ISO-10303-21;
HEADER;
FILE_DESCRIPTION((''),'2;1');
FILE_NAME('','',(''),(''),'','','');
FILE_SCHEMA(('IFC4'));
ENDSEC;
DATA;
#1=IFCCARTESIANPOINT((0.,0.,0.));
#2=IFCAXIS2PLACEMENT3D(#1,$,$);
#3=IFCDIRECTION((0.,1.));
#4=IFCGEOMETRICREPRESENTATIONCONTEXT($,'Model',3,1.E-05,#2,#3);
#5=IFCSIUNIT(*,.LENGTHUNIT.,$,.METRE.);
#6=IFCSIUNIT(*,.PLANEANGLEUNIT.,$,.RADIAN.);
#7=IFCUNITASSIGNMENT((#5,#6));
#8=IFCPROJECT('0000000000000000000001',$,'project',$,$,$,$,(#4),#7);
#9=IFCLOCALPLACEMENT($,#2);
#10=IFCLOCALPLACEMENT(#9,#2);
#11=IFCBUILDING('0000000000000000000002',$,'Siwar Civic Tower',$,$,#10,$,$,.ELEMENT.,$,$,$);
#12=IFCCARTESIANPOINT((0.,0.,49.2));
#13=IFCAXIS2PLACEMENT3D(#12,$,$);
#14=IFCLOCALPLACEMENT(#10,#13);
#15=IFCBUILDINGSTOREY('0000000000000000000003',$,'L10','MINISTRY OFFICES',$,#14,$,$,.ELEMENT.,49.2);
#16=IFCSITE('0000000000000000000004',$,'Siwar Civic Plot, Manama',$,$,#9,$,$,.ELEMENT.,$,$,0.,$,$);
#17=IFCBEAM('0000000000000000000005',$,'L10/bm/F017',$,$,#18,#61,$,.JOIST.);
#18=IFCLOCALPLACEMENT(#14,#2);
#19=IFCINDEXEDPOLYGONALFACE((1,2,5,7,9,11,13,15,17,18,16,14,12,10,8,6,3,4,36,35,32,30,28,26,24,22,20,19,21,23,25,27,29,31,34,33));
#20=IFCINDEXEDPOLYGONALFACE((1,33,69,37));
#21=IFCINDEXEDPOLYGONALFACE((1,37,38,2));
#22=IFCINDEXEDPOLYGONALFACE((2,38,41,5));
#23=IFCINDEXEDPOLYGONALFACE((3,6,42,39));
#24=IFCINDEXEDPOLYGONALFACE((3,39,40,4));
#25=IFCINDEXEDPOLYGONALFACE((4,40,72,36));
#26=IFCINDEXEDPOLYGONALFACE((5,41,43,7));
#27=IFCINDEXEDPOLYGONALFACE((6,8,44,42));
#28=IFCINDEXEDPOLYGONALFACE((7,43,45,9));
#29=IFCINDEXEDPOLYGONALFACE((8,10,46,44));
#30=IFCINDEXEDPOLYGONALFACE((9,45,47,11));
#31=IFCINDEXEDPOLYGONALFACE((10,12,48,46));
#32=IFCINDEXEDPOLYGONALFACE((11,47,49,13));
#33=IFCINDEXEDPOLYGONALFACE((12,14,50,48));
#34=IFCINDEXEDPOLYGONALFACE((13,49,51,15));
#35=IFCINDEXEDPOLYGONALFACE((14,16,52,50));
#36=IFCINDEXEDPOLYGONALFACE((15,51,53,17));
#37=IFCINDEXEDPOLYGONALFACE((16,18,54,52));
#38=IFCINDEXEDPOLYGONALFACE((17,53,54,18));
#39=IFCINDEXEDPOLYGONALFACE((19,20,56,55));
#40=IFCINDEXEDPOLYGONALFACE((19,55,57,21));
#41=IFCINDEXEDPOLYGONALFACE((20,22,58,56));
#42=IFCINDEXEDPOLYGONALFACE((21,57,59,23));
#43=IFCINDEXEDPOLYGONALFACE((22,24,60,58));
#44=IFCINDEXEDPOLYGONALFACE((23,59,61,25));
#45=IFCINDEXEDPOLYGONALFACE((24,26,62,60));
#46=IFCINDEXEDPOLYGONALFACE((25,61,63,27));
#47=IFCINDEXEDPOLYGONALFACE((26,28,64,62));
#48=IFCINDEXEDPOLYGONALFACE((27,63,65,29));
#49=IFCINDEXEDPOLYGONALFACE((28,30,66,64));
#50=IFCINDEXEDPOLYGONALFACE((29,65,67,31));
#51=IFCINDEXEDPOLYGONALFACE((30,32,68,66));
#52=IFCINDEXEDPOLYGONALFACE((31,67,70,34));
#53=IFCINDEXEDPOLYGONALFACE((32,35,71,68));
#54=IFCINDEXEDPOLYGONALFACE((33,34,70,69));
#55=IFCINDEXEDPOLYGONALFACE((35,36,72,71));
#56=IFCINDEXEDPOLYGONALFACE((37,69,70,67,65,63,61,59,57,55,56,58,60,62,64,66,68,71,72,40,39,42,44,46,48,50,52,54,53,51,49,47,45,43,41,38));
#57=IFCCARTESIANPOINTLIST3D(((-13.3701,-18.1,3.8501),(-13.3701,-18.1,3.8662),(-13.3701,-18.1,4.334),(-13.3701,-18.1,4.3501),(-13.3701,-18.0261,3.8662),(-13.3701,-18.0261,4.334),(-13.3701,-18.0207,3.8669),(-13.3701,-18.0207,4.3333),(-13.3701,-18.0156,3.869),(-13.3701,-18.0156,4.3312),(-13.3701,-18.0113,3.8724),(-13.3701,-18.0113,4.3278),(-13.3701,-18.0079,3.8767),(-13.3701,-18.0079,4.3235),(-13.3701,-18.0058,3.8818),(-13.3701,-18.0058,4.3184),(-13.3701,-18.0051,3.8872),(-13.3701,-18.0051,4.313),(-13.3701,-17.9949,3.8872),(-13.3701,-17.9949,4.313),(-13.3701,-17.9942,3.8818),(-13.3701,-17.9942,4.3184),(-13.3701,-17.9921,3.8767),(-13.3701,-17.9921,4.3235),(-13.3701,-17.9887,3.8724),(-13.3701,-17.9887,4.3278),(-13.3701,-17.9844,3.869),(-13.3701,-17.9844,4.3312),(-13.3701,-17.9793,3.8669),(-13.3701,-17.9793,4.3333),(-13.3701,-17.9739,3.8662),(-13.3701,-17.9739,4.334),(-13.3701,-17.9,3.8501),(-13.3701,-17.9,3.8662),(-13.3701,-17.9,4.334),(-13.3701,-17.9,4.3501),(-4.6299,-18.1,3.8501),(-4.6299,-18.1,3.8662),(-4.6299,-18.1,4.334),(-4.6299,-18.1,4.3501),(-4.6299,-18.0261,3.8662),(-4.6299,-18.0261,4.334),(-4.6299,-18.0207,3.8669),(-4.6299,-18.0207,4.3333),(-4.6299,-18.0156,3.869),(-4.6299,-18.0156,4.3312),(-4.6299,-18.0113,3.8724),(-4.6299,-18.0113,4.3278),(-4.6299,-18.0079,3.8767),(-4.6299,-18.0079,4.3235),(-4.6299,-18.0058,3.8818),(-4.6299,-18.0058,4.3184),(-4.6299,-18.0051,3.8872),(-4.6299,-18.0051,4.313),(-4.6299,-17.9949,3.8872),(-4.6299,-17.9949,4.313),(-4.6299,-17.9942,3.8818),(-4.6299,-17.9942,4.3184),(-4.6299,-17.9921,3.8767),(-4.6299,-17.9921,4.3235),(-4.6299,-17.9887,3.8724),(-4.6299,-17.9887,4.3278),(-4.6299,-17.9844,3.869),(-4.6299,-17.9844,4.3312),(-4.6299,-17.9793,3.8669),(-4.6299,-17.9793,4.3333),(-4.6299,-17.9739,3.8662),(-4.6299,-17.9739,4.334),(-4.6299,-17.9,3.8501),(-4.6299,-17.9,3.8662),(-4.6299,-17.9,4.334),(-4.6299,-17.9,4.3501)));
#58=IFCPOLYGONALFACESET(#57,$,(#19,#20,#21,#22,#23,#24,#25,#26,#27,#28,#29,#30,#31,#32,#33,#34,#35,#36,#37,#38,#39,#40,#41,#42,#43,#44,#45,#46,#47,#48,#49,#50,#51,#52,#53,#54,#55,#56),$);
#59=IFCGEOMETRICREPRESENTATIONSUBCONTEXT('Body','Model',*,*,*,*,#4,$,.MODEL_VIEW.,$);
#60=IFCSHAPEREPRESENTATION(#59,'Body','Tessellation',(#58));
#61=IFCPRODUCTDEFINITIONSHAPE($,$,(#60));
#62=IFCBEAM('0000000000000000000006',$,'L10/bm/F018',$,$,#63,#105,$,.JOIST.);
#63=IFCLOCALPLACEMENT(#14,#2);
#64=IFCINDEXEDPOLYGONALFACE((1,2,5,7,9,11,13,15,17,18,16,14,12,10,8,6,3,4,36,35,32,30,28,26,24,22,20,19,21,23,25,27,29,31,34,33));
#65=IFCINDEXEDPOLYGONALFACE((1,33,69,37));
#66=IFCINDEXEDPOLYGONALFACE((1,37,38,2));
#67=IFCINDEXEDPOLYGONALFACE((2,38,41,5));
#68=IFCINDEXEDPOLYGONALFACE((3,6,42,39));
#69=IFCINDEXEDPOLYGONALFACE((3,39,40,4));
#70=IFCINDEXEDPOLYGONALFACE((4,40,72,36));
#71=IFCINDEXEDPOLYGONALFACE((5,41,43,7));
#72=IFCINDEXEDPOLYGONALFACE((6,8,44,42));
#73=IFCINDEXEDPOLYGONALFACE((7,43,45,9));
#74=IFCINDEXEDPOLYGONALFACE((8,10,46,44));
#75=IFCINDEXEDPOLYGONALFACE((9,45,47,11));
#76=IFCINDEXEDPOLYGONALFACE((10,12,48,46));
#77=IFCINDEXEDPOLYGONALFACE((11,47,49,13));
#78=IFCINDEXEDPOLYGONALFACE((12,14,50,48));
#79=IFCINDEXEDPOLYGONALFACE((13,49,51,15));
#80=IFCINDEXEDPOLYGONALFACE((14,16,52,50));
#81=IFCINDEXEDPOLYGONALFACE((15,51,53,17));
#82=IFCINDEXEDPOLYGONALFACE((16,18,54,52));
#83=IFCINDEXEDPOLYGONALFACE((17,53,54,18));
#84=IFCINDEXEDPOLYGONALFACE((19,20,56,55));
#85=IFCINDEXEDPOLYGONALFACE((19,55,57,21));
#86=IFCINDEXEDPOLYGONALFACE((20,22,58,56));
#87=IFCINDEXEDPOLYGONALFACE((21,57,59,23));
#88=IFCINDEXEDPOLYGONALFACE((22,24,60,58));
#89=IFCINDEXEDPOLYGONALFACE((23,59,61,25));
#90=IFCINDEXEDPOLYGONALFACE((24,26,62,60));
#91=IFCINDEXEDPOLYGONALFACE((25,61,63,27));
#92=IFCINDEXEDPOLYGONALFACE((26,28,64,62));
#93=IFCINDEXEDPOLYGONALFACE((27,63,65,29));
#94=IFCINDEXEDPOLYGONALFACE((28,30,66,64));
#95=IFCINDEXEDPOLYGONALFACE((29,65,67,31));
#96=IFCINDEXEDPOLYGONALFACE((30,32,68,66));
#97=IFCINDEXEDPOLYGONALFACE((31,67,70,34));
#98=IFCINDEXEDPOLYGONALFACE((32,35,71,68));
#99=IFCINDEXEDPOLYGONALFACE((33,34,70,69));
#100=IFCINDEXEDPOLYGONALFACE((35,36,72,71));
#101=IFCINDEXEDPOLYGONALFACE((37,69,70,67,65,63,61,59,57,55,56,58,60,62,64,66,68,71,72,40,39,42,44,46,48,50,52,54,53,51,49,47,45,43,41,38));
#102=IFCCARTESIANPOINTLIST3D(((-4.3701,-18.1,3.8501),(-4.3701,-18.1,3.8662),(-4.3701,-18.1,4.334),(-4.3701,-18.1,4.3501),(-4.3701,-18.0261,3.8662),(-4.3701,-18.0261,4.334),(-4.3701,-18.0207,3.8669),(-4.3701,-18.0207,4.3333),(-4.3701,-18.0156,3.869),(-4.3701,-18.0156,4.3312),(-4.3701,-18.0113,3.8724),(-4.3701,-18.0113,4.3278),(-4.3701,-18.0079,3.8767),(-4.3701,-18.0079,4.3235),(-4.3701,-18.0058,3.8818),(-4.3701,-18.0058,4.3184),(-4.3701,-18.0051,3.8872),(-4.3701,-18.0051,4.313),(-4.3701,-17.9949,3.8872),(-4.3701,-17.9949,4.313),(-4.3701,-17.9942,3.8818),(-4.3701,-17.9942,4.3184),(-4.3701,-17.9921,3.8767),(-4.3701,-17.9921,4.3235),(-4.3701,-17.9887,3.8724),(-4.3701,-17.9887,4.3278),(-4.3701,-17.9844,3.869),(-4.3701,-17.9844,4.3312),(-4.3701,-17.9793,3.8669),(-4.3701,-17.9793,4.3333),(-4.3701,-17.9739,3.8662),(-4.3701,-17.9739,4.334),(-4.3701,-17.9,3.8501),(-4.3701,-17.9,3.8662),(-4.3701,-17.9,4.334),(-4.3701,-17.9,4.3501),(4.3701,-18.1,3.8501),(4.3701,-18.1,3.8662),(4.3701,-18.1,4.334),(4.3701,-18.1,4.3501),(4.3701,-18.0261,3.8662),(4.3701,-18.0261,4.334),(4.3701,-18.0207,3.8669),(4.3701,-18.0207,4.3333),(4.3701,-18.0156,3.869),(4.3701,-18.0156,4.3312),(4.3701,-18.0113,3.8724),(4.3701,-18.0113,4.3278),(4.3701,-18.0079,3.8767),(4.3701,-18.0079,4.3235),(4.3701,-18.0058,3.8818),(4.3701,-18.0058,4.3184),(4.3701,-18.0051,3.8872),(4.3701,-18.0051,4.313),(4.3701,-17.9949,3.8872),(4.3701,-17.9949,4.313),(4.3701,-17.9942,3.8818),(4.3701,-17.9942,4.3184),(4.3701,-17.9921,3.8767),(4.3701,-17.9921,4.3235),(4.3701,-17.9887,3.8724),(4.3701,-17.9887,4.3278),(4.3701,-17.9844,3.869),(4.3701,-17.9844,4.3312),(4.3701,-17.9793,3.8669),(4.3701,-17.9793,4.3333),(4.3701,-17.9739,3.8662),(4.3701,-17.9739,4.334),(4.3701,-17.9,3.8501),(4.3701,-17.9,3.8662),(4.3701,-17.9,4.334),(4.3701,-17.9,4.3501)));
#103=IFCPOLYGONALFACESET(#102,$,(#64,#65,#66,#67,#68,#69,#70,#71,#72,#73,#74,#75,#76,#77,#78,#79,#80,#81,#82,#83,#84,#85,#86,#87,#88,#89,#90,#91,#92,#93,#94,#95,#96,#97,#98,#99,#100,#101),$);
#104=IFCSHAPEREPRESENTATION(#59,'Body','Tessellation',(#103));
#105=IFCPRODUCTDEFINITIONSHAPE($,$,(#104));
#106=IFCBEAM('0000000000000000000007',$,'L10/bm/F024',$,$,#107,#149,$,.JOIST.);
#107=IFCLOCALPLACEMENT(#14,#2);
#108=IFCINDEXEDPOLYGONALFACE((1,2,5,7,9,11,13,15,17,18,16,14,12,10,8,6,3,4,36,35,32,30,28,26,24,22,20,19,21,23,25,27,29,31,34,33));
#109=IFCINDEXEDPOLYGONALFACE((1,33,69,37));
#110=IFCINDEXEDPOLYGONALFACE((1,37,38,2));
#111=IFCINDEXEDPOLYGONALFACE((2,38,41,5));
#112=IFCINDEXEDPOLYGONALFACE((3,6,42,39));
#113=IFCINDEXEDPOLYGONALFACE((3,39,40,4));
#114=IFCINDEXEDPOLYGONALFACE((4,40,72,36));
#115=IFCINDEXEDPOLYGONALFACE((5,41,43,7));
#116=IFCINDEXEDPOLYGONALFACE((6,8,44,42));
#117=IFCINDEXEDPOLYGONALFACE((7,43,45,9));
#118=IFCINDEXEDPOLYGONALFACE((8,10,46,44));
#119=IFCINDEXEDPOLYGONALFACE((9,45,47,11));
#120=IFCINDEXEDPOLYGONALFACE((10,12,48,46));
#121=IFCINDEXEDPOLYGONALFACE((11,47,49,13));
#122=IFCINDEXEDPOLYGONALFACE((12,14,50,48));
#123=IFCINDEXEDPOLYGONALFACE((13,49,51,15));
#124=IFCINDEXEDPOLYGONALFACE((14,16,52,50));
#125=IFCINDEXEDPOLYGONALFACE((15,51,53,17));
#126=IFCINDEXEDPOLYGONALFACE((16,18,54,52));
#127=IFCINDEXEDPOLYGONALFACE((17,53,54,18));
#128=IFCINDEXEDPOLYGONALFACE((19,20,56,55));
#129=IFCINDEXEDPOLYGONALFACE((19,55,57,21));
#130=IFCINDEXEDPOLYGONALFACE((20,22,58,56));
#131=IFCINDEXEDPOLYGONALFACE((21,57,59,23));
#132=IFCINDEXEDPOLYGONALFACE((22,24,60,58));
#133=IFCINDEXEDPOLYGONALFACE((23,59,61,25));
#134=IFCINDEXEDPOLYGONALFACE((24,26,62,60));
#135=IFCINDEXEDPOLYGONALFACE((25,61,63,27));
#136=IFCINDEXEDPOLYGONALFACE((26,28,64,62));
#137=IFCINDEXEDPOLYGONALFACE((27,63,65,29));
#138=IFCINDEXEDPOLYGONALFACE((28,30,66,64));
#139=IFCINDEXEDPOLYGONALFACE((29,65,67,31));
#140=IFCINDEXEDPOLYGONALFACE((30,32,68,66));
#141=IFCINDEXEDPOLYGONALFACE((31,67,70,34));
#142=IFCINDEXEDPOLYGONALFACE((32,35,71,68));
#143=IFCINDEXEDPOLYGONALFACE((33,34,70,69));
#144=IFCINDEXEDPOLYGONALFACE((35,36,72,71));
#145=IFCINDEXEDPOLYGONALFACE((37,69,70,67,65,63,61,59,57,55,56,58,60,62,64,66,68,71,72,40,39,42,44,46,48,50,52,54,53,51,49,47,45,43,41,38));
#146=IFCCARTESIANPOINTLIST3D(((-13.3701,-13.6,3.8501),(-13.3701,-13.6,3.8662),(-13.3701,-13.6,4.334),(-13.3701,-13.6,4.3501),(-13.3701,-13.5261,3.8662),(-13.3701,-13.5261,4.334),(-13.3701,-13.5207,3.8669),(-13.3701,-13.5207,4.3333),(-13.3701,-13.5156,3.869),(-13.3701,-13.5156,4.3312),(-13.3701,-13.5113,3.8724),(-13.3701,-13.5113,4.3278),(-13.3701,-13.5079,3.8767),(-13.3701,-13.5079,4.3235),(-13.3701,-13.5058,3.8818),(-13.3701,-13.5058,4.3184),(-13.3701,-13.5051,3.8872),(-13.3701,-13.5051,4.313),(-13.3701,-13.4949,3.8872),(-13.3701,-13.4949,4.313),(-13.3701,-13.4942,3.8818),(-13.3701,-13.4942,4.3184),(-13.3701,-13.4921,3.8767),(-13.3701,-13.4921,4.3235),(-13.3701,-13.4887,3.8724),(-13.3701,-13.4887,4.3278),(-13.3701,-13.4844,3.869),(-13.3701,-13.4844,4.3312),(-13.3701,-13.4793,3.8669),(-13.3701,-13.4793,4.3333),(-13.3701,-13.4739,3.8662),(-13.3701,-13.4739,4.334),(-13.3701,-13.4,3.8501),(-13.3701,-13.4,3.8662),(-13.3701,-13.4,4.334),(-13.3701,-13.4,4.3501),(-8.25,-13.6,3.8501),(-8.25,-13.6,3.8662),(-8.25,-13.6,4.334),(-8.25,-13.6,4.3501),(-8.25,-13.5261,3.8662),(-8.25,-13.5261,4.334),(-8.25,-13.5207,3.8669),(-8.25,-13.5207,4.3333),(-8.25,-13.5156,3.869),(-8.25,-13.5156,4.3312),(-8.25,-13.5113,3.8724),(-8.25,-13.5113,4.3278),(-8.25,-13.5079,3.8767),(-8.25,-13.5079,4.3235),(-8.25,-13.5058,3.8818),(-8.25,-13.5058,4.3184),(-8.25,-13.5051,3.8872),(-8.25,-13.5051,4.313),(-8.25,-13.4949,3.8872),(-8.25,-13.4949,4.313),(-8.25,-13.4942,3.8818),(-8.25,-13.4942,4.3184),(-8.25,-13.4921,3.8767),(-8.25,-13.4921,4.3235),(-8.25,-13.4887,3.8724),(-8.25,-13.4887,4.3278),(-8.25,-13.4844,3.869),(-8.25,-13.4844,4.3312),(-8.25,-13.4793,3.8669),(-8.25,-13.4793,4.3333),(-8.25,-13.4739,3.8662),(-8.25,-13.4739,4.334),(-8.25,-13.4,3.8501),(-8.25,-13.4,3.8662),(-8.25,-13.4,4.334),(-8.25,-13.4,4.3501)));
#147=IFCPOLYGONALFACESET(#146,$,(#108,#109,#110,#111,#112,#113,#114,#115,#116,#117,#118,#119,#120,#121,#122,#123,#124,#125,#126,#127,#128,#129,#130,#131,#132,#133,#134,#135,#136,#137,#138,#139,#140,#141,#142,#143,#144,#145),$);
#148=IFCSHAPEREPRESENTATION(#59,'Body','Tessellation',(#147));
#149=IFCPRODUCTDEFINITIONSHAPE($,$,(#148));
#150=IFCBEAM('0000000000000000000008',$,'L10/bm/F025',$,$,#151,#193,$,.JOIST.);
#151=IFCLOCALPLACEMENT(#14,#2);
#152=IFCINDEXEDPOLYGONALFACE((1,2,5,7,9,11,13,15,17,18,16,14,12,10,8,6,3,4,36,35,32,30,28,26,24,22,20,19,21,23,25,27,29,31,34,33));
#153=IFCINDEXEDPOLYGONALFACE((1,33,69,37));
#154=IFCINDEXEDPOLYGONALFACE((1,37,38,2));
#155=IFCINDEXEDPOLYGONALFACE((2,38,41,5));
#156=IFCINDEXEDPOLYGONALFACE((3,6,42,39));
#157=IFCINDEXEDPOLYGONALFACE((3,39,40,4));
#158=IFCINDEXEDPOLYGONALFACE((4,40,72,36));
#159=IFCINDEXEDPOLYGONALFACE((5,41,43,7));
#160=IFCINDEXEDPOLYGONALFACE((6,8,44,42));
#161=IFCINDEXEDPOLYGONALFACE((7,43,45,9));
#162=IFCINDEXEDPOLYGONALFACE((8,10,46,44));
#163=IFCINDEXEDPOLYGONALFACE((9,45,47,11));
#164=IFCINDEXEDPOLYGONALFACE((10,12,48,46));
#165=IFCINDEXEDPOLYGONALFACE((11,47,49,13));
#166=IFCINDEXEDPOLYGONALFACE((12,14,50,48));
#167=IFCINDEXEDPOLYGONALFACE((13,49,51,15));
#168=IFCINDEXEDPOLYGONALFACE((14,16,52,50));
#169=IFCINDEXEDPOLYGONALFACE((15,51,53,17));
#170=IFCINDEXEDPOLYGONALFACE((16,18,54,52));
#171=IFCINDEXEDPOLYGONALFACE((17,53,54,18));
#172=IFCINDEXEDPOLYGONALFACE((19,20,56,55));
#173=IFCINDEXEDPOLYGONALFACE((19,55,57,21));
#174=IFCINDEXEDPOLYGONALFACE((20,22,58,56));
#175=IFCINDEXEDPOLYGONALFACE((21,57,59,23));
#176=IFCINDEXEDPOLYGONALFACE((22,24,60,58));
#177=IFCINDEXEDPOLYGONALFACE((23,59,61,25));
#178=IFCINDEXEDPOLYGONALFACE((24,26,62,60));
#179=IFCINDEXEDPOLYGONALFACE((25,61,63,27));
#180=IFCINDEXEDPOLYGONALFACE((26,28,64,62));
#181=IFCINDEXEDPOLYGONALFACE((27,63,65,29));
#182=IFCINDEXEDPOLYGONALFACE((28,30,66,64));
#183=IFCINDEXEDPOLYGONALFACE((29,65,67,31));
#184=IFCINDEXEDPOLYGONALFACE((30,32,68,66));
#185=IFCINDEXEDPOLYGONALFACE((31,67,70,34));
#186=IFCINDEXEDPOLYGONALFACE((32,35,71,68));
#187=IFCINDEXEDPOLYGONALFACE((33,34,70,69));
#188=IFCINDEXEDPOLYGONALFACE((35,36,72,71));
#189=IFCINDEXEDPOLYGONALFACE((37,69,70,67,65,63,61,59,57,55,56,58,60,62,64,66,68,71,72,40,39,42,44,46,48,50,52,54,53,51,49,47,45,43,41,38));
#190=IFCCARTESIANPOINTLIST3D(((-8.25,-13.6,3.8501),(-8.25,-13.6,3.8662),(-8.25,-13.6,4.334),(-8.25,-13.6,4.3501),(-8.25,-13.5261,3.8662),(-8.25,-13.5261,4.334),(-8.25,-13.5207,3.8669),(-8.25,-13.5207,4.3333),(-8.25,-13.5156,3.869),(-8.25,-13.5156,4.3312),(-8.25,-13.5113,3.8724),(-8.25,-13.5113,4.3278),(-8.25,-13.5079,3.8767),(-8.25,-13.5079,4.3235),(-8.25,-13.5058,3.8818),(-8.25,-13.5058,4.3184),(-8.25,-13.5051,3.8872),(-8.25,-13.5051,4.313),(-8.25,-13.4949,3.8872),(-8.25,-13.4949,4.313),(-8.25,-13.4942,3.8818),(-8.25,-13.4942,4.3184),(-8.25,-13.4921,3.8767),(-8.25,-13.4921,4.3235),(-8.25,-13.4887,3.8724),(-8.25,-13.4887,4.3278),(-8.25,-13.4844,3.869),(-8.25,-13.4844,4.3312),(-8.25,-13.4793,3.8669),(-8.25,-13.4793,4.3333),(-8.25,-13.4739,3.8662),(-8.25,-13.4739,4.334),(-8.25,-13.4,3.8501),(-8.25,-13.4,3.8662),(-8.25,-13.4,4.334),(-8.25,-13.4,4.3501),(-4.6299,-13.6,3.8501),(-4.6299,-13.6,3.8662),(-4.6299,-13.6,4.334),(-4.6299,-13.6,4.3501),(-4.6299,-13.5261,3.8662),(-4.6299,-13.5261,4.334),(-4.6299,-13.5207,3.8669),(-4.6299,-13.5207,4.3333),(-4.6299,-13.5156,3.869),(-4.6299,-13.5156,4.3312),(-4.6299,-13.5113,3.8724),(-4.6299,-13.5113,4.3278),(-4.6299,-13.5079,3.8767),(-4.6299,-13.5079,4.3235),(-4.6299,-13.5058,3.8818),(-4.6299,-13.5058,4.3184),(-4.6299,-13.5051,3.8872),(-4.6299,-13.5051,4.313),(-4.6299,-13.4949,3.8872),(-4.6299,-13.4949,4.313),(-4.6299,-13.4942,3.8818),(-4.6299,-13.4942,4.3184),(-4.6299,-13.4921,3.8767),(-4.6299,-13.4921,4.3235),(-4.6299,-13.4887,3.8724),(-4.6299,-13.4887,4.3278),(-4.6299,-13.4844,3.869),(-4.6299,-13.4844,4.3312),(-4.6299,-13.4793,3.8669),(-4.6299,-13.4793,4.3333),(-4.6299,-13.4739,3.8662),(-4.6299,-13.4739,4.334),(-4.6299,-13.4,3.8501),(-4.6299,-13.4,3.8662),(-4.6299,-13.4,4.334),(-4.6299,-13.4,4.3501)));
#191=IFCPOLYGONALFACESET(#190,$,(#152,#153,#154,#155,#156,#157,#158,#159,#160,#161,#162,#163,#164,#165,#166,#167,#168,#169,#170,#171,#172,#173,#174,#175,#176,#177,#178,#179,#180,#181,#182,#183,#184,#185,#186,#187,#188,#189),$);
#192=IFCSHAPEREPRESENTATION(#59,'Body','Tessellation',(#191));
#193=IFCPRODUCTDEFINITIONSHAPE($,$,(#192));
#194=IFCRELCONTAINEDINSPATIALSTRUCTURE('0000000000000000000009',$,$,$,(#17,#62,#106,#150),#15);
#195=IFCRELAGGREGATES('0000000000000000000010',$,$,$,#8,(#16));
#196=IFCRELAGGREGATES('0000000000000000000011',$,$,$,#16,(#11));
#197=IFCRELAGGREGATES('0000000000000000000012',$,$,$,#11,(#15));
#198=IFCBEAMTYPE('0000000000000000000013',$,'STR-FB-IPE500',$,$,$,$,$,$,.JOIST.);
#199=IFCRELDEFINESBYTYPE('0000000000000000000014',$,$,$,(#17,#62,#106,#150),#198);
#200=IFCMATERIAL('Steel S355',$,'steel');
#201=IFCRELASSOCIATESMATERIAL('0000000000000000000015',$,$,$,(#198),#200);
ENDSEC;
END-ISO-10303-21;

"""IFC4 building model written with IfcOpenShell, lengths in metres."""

from ifc_helpers import new_model, si_unit, direction, frame, origin, origin_2d, place, context, subcontext, project, spatial, i_section, extrude, material, material_profile, profile_set, type_object, element, save


model = new_model("IFC4")

# Units and contexts
model_context = context("Model", 3, precision=1e-05, world=origin(), true_north=direction((0.0, 1.0)))
body_context = subcontext(model_context, "Body", "Model", "MODEL_VIEW")
ifc_project = project(units=[si_unit("LENGTHUNIT", "METRE"), si_unit("PLANEANGLEUNIT", "RADIAN")], contexts=[model_context])

# Site, building, storey
site_placement = place(None, origin())
site = spatial("IfcSite", under=ifc_project, at=site_placement, Name="Siwar Civic Plot, Manama", CompositionType="ELEMENT", RefElevation=0.0)
building_placement = place(site_placement, origin())
building = spatial("IfcBuilding", under=site, at=building_placement, Name="Siwar Civic Tower", CompositionType="ELEMENT")
storey_placement = place(building_placement, frame((0.0, 0.0, 49.2)))
storey = spatial("IfcBuildingStorey", under=building, at=storey_placement, Name="L10", Description="MINISTRY OFFICES", CompositionType="ELEMENT", Elevation=49.2)

# Beams
ifc_material_1 = material(Name="Steel S355", Category="steel")
ifc_material_profile = material_profile(ifc_material_1, i_section(OverallWidth=0.2, OverallDepth=0.5, WebThickness=0.0103, FlangeThickness=0.0161, FilletRadius=0.021, at=origin_2d()), Name="IPE500")
ifc_profile_set = profile_set([ifc_material_profile], Name="Steel S355")
beam_type = type_object("IfcBeamType", Name="STR-FB-IPE500", PredefinedType="JOIST", material=ifc_profile_set)
for number, where, z_axis, x_axis, name in (
    (1, (-13.3701, -18.0, 4.1001), (1.0, 0.0, 0.0), (0.0, 1.0, 0.0), "L10/bm/F017"),
    (2, (-4.3701, -18.0, 4.1001), (1.0, 0.0, 0.0), (0.0, 1.0, 0.0), "L10/bm/F018"),
):
    element("IfcBeam", number, at=place(storey_placement, frame(where, z_axis=z_axis, x_axis=x_axis)), inside=storey, type_object=beam_type, Name=name, PredefinedType="JOIST", context=body_context, shape_type="SweptSolid", body=[
        extrude(i_section(OverallWidth=0.2, OverallDepth=0.5, WebThickness=0.0103, FlangeThickness=0.0161, FilletRadius=0.021, at=origin_2d()), origin(), (0.0, 0.0, 1.0), 8.7402),
    ])
beam_1_placement = place(storey_placement, frame((-13.3701, -13.5, 4.1001), z_axis=(1.0, 0.0, 0.0), x_axis=(0.0, 1.0, 0.0)))
element("IfcBeam", 3, at=beam_1_placement, inside=storey, type_object=beam_type, Name="L10/bm/F024", PredefinedType="JOIST", context=body_context, shape_type="SweptSolid", body=[
    extrude(i_section(OverallWidth=0.2, OverallDepth=0.5, WebThickness=0.0103, FlangeThickness=0.0161, FilletRadius=0.021, at=origin_2d()), origin(), (0.0, 0.0, 1.0), 5.1201),
])
beam_2_placement = place(storey_placement, frame((-8.25, -13.5, 4.1001), z_axis=(1.0, 0.0, 0.0), x_axis=(0.0, 1.0, 0.0)))
element("IfcBeam", 4, at=beam_2_placement, inside=storey, type_object=beam_type, Name="L10/bm/F025", PredefinedType="JOIST", context=body_context, shape_type="SweptSolid", body=[
    extrude(i_section(OverallWidth=0.2, OverallDepth=0.5, WebThickness=0.0103, FlangeThickness=0.0161, FilletRadius=0.021, at=origin_2d()), origin(), (0.0, 0.0, 1.0), 3.6201),
])

save(model, "model.ifc")
